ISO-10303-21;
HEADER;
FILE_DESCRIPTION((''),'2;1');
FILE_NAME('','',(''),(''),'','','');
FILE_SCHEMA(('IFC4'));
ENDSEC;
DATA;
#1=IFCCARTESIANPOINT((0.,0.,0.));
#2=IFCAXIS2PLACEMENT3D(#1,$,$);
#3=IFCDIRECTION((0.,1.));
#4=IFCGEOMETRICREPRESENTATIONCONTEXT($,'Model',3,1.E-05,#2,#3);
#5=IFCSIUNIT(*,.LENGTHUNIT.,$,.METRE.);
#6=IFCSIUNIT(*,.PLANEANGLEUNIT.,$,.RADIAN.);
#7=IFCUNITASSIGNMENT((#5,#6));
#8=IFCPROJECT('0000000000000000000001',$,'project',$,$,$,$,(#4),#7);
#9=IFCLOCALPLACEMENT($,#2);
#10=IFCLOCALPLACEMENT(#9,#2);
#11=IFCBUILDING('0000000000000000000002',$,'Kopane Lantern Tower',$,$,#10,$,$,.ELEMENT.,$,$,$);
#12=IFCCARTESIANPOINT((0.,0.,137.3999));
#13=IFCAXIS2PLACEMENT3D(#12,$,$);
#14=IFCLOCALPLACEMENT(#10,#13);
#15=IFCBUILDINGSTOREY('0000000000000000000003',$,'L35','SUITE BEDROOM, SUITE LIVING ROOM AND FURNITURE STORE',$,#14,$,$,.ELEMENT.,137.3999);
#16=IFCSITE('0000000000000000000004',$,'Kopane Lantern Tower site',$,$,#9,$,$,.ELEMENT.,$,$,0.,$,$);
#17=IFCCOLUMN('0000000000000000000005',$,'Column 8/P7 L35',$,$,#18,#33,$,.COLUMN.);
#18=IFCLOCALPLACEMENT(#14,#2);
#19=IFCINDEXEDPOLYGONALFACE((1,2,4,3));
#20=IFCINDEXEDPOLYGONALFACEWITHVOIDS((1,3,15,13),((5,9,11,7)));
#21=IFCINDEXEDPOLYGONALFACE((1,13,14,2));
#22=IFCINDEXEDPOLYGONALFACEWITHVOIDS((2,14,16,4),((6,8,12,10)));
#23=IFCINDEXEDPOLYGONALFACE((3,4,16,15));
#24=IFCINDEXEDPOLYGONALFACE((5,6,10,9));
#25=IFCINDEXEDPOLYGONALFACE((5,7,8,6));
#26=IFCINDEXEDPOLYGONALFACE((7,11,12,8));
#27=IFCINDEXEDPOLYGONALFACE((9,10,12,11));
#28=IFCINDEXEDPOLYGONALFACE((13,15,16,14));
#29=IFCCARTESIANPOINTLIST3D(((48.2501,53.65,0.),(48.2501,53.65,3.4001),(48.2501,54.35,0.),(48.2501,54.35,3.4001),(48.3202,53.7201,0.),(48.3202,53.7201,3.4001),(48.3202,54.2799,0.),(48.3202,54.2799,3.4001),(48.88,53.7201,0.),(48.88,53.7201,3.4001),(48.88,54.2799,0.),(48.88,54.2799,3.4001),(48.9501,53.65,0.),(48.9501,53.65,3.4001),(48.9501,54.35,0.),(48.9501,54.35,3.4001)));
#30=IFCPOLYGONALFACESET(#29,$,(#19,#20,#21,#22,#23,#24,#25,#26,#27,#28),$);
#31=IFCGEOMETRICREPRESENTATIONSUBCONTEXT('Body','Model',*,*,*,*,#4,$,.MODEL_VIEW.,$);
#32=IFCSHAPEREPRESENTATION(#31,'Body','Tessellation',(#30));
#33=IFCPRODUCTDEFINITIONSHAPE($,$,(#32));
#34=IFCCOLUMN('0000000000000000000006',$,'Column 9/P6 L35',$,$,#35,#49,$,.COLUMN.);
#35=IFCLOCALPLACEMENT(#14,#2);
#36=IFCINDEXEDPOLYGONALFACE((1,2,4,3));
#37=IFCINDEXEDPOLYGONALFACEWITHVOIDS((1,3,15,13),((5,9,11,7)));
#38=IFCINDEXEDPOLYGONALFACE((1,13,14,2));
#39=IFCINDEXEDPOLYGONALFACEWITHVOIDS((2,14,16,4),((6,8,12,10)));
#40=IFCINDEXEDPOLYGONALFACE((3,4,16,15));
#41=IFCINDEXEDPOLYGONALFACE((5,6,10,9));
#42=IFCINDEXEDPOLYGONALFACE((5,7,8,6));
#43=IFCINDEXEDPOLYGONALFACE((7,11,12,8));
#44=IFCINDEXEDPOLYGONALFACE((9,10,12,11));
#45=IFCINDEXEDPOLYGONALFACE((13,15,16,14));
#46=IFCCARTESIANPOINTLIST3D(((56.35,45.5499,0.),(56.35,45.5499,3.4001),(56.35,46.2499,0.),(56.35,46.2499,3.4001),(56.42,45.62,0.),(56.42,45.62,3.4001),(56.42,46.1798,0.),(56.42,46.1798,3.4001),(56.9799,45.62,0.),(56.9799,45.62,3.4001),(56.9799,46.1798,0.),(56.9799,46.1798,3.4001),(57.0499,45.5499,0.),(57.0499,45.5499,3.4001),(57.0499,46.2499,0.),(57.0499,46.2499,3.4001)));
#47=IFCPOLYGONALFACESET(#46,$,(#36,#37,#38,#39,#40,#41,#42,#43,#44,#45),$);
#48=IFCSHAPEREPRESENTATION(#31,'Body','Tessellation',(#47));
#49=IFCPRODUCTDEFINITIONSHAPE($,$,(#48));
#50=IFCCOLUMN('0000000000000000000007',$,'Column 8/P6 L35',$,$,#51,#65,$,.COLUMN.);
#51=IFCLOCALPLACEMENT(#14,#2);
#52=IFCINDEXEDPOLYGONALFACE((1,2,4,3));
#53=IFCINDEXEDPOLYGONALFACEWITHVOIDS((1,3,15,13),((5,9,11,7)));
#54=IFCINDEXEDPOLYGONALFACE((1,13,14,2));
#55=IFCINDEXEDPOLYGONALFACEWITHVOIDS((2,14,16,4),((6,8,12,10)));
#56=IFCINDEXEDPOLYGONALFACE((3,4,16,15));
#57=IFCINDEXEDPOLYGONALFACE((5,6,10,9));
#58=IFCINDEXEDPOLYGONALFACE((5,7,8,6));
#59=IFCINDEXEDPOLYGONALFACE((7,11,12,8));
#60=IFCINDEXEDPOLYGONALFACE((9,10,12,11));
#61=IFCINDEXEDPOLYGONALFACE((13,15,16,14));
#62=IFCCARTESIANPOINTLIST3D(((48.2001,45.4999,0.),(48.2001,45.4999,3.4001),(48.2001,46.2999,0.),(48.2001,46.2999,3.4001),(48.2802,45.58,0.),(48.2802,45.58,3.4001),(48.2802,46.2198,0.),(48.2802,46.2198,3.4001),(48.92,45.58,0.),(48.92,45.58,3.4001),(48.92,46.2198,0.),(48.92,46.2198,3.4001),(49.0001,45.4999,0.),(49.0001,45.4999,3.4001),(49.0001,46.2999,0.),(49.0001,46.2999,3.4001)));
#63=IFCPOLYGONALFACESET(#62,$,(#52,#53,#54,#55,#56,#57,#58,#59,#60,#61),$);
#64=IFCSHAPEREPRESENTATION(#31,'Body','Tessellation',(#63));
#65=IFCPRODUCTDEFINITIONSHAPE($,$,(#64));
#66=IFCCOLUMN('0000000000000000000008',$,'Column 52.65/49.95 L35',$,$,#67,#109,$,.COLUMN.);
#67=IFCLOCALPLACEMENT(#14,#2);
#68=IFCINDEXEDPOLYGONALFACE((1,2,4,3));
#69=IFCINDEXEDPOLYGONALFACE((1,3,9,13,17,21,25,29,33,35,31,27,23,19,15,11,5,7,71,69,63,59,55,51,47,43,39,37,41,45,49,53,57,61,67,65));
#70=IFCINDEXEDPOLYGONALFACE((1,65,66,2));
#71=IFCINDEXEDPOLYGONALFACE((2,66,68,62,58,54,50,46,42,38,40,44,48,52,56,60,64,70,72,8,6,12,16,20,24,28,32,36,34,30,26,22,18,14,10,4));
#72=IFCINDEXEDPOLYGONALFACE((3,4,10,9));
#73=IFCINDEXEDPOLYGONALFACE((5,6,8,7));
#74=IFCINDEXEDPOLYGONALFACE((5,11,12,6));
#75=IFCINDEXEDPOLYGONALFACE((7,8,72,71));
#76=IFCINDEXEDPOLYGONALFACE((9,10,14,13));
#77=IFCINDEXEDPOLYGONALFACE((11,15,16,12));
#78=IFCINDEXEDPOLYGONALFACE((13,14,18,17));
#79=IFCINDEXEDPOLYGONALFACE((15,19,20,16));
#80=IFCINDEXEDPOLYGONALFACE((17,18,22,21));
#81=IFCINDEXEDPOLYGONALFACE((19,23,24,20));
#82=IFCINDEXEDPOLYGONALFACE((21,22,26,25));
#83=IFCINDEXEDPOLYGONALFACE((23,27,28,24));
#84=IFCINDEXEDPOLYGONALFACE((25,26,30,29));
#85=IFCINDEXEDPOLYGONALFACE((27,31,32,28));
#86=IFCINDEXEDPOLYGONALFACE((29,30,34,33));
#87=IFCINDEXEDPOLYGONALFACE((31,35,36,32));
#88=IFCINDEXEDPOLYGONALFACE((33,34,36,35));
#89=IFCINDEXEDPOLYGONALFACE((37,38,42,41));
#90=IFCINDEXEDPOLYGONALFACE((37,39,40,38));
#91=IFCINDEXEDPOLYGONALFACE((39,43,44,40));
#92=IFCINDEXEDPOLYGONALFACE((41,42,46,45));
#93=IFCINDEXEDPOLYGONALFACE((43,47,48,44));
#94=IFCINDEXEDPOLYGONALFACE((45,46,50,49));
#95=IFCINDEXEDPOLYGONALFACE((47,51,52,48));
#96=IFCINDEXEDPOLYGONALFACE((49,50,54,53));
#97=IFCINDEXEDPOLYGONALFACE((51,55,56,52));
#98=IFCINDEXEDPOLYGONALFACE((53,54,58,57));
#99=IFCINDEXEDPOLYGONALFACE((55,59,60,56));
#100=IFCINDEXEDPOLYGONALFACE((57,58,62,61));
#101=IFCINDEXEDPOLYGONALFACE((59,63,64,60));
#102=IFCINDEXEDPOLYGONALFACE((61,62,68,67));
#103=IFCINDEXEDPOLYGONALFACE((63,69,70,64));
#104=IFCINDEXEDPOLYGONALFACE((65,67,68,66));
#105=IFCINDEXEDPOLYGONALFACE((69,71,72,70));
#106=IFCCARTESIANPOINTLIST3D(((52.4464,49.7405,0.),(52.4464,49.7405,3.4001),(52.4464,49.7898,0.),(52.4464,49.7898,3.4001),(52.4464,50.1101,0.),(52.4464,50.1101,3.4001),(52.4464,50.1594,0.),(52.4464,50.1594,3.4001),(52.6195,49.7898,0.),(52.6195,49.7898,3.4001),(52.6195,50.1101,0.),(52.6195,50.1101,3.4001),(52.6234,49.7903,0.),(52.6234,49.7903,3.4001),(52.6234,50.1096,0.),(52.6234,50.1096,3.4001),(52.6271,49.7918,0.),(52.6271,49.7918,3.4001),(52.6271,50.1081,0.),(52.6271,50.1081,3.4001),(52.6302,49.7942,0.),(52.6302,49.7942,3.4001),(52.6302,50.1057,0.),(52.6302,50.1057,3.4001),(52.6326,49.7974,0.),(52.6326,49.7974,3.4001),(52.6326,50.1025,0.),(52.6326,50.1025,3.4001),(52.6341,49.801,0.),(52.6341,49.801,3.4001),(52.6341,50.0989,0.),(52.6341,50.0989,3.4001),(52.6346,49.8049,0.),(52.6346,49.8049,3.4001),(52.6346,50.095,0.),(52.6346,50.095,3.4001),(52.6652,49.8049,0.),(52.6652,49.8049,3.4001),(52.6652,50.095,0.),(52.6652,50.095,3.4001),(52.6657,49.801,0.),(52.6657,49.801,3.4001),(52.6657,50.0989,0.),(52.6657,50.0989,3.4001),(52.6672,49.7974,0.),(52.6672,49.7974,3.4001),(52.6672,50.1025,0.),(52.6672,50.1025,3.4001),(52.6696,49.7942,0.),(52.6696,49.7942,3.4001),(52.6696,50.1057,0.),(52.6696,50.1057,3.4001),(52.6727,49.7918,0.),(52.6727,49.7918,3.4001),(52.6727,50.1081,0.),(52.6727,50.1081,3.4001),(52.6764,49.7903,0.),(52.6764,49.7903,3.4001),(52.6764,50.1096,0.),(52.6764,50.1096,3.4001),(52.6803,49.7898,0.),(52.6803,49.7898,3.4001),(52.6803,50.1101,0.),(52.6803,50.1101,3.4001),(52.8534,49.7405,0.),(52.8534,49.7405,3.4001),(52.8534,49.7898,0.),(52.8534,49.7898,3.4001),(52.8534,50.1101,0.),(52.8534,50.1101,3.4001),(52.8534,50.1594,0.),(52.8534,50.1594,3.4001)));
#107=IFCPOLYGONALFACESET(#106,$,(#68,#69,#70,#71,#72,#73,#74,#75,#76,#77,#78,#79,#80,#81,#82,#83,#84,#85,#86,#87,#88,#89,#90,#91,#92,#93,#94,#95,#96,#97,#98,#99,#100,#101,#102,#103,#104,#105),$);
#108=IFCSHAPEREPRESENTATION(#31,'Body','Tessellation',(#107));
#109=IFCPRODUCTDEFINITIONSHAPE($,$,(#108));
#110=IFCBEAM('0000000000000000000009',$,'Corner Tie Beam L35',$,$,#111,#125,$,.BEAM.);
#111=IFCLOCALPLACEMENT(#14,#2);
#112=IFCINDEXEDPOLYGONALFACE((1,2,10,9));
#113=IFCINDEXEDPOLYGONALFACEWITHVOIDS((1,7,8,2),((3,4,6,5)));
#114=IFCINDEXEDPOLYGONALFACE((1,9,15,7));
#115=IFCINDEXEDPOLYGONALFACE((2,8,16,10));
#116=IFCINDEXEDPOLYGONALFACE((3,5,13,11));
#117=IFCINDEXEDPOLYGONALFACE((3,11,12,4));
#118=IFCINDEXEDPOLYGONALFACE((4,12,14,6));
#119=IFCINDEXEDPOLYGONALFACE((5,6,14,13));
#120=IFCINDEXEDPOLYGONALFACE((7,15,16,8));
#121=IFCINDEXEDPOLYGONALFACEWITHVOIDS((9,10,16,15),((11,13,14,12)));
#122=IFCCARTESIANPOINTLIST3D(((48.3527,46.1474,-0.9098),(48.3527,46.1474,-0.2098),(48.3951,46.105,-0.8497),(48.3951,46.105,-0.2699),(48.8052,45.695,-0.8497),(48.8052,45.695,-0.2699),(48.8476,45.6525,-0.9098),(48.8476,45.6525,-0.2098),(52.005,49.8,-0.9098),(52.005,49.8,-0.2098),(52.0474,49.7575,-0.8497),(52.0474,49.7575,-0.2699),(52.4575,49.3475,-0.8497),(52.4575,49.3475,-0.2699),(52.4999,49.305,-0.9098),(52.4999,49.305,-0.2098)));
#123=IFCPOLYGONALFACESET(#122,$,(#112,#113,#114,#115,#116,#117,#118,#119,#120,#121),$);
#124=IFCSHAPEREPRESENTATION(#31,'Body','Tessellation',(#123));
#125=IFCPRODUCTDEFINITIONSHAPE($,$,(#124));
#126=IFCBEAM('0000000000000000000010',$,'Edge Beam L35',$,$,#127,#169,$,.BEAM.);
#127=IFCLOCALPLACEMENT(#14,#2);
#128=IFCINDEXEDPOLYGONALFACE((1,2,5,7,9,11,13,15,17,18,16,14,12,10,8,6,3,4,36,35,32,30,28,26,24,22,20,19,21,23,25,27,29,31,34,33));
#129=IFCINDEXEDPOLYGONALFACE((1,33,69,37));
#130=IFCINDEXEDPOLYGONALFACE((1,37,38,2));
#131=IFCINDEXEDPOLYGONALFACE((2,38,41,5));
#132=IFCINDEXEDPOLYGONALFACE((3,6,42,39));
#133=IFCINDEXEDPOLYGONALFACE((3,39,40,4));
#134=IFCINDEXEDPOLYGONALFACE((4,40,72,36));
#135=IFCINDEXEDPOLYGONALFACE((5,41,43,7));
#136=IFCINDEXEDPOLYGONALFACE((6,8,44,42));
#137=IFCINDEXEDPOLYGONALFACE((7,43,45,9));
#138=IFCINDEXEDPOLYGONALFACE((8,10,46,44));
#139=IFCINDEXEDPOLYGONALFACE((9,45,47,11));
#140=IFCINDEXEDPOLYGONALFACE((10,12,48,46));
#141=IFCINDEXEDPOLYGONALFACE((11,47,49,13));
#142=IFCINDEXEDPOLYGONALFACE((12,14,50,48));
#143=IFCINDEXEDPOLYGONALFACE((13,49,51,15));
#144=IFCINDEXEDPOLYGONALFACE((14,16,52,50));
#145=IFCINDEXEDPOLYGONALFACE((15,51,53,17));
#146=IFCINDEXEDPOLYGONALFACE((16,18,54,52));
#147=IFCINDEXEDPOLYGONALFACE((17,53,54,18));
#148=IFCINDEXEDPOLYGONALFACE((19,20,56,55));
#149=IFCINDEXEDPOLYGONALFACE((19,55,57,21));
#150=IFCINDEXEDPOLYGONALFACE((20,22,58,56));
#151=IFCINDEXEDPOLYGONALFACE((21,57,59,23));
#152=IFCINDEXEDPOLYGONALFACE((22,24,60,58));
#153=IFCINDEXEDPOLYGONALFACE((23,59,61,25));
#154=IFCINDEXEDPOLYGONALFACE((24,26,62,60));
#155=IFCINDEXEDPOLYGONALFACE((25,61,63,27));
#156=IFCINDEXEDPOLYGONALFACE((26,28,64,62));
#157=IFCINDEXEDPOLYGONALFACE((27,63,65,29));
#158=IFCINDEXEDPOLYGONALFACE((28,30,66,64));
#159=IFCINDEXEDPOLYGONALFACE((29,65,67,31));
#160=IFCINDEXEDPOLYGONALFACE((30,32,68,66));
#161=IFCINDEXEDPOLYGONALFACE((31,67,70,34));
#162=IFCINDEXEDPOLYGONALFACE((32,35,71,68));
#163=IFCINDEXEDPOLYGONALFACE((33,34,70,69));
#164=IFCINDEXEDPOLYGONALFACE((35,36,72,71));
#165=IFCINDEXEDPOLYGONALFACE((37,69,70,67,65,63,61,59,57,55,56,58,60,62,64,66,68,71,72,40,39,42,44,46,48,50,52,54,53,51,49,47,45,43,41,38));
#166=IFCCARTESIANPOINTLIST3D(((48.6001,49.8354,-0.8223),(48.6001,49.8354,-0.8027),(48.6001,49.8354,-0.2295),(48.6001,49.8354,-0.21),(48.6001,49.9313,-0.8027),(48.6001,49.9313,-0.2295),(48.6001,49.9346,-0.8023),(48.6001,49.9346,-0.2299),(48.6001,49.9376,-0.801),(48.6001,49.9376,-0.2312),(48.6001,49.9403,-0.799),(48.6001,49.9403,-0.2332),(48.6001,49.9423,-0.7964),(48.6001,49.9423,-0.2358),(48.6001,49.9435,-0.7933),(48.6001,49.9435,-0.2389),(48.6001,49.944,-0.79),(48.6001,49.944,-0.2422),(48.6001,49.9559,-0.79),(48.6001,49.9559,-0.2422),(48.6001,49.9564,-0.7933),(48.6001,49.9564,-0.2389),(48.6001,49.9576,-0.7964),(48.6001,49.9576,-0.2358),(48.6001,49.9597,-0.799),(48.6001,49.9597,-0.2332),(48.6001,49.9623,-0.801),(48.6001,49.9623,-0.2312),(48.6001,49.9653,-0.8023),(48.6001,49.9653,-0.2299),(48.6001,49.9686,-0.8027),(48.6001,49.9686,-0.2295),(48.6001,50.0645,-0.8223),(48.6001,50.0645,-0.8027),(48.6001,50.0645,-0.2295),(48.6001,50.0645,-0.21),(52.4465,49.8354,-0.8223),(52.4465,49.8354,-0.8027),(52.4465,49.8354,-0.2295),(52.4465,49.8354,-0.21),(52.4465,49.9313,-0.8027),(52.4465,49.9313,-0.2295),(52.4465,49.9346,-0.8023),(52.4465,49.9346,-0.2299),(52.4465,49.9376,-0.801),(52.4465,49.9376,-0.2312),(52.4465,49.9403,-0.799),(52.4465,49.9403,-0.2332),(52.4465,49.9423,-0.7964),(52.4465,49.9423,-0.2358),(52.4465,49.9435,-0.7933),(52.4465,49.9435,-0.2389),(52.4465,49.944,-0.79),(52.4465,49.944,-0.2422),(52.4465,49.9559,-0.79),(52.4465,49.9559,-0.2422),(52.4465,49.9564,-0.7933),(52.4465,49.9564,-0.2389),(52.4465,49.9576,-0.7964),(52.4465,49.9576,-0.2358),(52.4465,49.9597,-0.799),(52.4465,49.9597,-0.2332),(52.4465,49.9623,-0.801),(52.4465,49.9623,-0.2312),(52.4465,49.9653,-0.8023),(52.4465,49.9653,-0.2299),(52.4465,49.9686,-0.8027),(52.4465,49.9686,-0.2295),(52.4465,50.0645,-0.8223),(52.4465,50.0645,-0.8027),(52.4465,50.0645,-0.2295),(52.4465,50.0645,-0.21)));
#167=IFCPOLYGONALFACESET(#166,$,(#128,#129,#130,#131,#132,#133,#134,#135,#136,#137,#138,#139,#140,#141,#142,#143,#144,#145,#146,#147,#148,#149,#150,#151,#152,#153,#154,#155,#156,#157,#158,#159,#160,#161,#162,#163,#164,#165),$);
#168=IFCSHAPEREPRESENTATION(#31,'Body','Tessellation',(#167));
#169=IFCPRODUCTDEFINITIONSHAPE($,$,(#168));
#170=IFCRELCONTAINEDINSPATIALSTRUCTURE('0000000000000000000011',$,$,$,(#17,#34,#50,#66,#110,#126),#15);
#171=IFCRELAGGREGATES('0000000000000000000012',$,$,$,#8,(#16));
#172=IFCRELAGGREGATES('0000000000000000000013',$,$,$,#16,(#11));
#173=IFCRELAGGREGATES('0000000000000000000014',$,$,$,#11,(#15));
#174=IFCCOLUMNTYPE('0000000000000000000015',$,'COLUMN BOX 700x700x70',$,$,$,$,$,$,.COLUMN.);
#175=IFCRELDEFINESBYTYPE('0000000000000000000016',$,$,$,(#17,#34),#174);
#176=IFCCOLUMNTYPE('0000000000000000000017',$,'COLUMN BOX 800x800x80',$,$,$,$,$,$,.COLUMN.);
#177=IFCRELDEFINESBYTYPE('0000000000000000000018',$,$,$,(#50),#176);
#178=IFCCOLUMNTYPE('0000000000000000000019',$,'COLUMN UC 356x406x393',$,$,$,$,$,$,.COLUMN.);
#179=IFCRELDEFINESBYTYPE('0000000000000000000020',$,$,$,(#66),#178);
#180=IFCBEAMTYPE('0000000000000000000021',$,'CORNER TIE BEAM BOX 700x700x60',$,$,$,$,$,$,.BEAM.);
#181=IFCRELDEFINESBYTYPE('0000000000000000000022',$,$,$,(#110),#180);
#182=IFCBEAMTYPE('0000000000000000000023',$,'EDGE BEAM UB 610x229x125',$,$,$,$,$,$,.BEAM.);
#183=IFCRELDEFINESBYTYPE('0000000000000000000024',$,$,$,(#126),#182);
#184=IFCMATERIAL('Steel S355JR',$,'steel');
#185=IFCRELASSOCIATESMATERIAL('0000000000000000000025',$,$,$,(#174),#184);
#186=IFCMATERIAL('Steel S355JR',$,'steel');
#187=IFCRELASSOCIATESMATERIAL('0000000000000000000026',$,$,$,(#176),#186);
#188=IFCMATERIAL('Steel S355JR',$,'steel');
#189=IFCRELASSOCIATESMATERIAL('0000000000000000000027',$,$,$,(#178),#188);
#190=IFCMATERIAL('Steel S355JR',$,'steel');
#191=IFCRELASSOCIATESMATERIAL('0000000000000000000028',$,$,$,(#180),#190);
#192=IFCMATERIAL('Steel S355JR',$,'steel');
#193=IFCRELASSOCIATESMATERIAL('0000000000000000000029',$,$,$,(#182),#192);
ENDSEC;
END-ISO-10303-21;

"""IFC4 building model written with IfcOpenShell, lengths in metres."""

from ifc_helpers import new_model, si_unit, direction, frame, origin, origin_2d, place, context, subcontext, project, spatial, hollow_rectangle, i_section, extrude, material, material_profile, profile_set, type_object, element, save


model = new_model("IFC4")

# Units and contexts
model_context = context("Model", 3, precision=1e-05, world=origin(), true_north=direction((0.0, 1.0)))
body_context = subcontext(model_context, "Body", "Model", "MODEL_VIEW")
ifc_project = project(units=[si_unit("LENGTHUNIT", "METRE"), si_unit("PLANEANGLEUNIT", "RADIAN")], contexts=[model_context])

# Site, building, storey
site_placement = place(None, origin())
site = spatial("IfcSite", under=ifc_project, at=site_placement, Name="Kopane Lantern Tower site", CompositionType="ELEMENT", RefElevation=0.0)
building_placement = place(site_placement, origin())
building = spatial("IfcBuilding", under=site, at=building_placement, Name="Kopane Lantern Tower", CompositionType="ELEMENT")
storey_placement = place(building_placement, frame((0.0, 0.0, 137.3999)))
storey = spatial("IfcBuildingStorey", under=building, at=storey_placement, Name="L35", Description="SUITE BEDROOM, SUITE LIVING ROOM AND FURNITURE STORE", CompositionType="ELEMENT", Elevation=137.3999)

# Columns
ifc_material_1 = material(Name="Steel S355JR", Category="steel")
ifc_material_profile_1 = material_profile(ifc_material_1, hollow_rectangle(XDim=0.7, YDim=0.7, WallThickness=0.0701, at=origin_2d()), Name="BOX 700x700x70")
ifc_profile_set_1 = profile_set([ifc_material_profile_1], Name="Steel S355JR")
column_type_1 = type_object("IfcColumnType", Name="COLUMN BOX 700x700x70", PredefinedType="COLUMN", material=ifc_profile_set_1)
for number, where, z_axis, x_axis, name in (
    (1, (48.6001, 54.0, 0.0), (0.0, 0.0, 1.0), (1.0, 0.0, 0.0), "Column 8/P7 L35"),
    (2, (56.7, 45.8999, 0.0), (0.0, 0.0, 1.0), (1.0, 0.0, 0.0), "Column 9/P6 L35"),
):
    element("IfcColumn", number, at=place(storey_placement, frame(where, z_axis=z_axis, x_axis=x_axis)), inside=storey, type_object=column_type_1, Name=name, PredefinedType="COLUMN", context=body_context, shape_type="SweptSolid", body=[
        extrude(hollow_rectangle(XDim=0.7, YDim=0.7, WallThickness=0.0701, at=origin_2d()), origin(), (0.0, 0.0, 1.0), 3.4001),
    ])
ifc_material_2 = material(Name="Steel S355JR", Category="steel")
ifc_material_profile_2 = material_profile(ifc_material_2, hollow_rectangle(XDim=0.8, YDim=0.8, WallThickness=0.0801, at=origin_2d()), Name="BOX 800x800x80")
ifc_profile_set_2 = profile_set([ifc_material_profile_2], Name="Steel S355JR")
column_type_2 = type_object("IfcColumnType", Name="COLUMN BOX 800x800x80", PredefinedType="COLUMN", material=ifc_profile_set_2)
column_1_placement = place(storey_placement, frame((48.6001, 45.8999, 0.0), z_axis=(0.0, 0.0, 1.0), x_axis=(1.0, 0.0, 0.0)))
element("IfcColumn", 3, at=column_1_placement, inside=storey, type_object=column_type_2, Name="Column 8/P6 L35", PredefinedType="COLUMN", context=body_context, shape_type="SweptSolid", body=[
    extrude(hollow_rectangle(XDim=0.8, YDim=0.8, WallThickness=0.0801, at=origin_2d()), origin(), (0.0, 0.0, 1.0), 3.4001),
])
ifc_material_3 = material(Name="Steel S355JR", Category="steel")
ifc_material_profile_3 = material_profile(ifc_material_3, i_section(OverallWidth=0.407, OverallDepth=0.4189, WebThickness=0.0305, FlangeThickness=0.0493, FilletRadius=0.0151, at=origin_2d()), Name="UC 356x406x393")
ifc_profile_set_3 = profile_set([ifc_material_profile_3], Name="Steel S355JR")
column_type_3 = type_object("IfcColumnType", Name="COLUMN UC 356x406x393", PredefinedType="COLUMN", material=ifc_profile_set_3)
column_2_placement = place(storey_placement, frame((52.6499, 49.95, 0.0), z_axis=(0.0, 0.0, 1.0), x_axis=(1.0, 0.0, 0.0)))
element("IfcColumn", 4, at=column_2_placement, inside=storey, type_object=column_type_3, Name="Column 52.65/49.95 L35", PredefinedType="COLUMN", context=body_context, shape_type="SweptSolid", body=[
    extrude(i_section(OverallWidth=0.407, OverallDepth=0.4189, WebThickness=0.0305, FlangeThickness=0.0493, FilletRadius=0.0151, at=origin_2d()), origin(), (0.0, 0.0, 1.0), 3.4001),
])

# Beams
ifc_material_4 = material(Name="Steel S355JR", Category="steel")
ifc_material_profile_4 = material_profile(ifc_material_4, hollow_rectangle(XDim=0.7, YDim=0.7, WallThickness=0.0601, at=origin_2d()), Name="BOX 700x700x60")
ifc_profile_set_4 = profile_set([ifc_material_profile_4], Name="Steel S355JR")
beam_type_1 = type_object("IfcBeamType", Name="CORNER TIE BEAM BOX 700x700x60", PredefinedType="BEAM", material=ifc_profile_set_4)
beam_1_placement = place(storey_placement, frame((52.2524, 49.5525, -0.5598), z_axis=(-0.707083, -0.70713, 0.0), x_axis=(0.70713, -0.707083, 0.0)))
element("IfcBeam", 5, at=beam_1_placement, inside=storey, type_object=beam_type_1, Name="Corner Tie Beam L35", PredefinedType="BEAM", context=body_context, shape_type="SweptSolid", body=[
    extrude(hollow_rectangle(XDim=0.7, YDim=0.7, WallThickness=0.0601, at=origin_2d()), origin(), (0.0, 0.0, 1.0), 5.1653),
])
ifc_material_5 = material(Name="Steel S355JR", Category="steel")
ifc_material_profile_5 = material_profile(ifc_material_5, i_section(OverallWidth=0.229, OverallDepth=0.6123, WebThickness=0.012, FlangeThickness=0.0195, FilletRadius=0.0127, at=origin_2d()), Name="UB 610x229x125")
ifc_profile_set_5 = profile_set([ifc_material_profile_5], Name="Steel S355JR")
beam_type_2 = type_object("IfcBeamType", Name="EDGE BEAM UB 610x229x125", PredefinedType="BEAM", material=ifc_profile_set_5)
beam_2_placement = place(storey_placement, frame((52.4465, 49.95, -0.5161), z_axis=(-1.0, 0.0, 0.0), x_axis=(0.0, -1.0, 0.0)))
element("IfcBeam", 6, at=beam_2_placement, inside=storey, type_object=beam_type_2, Name="Edge Beam L35", PredefinedType="BEAM", context=body_context, shape_type="SweptSolid", body=[
    extrude(i_section(OverallWidth=0.229, OverallDepth=0.6123, WebThickness=0.012, FlangeThickness=0.0195, FilletRadius=0.0127, at=origin_2d()), origin(), (0.0, 0.0, 1.0), 3.8464),
])

save(model, "model.ifc")
